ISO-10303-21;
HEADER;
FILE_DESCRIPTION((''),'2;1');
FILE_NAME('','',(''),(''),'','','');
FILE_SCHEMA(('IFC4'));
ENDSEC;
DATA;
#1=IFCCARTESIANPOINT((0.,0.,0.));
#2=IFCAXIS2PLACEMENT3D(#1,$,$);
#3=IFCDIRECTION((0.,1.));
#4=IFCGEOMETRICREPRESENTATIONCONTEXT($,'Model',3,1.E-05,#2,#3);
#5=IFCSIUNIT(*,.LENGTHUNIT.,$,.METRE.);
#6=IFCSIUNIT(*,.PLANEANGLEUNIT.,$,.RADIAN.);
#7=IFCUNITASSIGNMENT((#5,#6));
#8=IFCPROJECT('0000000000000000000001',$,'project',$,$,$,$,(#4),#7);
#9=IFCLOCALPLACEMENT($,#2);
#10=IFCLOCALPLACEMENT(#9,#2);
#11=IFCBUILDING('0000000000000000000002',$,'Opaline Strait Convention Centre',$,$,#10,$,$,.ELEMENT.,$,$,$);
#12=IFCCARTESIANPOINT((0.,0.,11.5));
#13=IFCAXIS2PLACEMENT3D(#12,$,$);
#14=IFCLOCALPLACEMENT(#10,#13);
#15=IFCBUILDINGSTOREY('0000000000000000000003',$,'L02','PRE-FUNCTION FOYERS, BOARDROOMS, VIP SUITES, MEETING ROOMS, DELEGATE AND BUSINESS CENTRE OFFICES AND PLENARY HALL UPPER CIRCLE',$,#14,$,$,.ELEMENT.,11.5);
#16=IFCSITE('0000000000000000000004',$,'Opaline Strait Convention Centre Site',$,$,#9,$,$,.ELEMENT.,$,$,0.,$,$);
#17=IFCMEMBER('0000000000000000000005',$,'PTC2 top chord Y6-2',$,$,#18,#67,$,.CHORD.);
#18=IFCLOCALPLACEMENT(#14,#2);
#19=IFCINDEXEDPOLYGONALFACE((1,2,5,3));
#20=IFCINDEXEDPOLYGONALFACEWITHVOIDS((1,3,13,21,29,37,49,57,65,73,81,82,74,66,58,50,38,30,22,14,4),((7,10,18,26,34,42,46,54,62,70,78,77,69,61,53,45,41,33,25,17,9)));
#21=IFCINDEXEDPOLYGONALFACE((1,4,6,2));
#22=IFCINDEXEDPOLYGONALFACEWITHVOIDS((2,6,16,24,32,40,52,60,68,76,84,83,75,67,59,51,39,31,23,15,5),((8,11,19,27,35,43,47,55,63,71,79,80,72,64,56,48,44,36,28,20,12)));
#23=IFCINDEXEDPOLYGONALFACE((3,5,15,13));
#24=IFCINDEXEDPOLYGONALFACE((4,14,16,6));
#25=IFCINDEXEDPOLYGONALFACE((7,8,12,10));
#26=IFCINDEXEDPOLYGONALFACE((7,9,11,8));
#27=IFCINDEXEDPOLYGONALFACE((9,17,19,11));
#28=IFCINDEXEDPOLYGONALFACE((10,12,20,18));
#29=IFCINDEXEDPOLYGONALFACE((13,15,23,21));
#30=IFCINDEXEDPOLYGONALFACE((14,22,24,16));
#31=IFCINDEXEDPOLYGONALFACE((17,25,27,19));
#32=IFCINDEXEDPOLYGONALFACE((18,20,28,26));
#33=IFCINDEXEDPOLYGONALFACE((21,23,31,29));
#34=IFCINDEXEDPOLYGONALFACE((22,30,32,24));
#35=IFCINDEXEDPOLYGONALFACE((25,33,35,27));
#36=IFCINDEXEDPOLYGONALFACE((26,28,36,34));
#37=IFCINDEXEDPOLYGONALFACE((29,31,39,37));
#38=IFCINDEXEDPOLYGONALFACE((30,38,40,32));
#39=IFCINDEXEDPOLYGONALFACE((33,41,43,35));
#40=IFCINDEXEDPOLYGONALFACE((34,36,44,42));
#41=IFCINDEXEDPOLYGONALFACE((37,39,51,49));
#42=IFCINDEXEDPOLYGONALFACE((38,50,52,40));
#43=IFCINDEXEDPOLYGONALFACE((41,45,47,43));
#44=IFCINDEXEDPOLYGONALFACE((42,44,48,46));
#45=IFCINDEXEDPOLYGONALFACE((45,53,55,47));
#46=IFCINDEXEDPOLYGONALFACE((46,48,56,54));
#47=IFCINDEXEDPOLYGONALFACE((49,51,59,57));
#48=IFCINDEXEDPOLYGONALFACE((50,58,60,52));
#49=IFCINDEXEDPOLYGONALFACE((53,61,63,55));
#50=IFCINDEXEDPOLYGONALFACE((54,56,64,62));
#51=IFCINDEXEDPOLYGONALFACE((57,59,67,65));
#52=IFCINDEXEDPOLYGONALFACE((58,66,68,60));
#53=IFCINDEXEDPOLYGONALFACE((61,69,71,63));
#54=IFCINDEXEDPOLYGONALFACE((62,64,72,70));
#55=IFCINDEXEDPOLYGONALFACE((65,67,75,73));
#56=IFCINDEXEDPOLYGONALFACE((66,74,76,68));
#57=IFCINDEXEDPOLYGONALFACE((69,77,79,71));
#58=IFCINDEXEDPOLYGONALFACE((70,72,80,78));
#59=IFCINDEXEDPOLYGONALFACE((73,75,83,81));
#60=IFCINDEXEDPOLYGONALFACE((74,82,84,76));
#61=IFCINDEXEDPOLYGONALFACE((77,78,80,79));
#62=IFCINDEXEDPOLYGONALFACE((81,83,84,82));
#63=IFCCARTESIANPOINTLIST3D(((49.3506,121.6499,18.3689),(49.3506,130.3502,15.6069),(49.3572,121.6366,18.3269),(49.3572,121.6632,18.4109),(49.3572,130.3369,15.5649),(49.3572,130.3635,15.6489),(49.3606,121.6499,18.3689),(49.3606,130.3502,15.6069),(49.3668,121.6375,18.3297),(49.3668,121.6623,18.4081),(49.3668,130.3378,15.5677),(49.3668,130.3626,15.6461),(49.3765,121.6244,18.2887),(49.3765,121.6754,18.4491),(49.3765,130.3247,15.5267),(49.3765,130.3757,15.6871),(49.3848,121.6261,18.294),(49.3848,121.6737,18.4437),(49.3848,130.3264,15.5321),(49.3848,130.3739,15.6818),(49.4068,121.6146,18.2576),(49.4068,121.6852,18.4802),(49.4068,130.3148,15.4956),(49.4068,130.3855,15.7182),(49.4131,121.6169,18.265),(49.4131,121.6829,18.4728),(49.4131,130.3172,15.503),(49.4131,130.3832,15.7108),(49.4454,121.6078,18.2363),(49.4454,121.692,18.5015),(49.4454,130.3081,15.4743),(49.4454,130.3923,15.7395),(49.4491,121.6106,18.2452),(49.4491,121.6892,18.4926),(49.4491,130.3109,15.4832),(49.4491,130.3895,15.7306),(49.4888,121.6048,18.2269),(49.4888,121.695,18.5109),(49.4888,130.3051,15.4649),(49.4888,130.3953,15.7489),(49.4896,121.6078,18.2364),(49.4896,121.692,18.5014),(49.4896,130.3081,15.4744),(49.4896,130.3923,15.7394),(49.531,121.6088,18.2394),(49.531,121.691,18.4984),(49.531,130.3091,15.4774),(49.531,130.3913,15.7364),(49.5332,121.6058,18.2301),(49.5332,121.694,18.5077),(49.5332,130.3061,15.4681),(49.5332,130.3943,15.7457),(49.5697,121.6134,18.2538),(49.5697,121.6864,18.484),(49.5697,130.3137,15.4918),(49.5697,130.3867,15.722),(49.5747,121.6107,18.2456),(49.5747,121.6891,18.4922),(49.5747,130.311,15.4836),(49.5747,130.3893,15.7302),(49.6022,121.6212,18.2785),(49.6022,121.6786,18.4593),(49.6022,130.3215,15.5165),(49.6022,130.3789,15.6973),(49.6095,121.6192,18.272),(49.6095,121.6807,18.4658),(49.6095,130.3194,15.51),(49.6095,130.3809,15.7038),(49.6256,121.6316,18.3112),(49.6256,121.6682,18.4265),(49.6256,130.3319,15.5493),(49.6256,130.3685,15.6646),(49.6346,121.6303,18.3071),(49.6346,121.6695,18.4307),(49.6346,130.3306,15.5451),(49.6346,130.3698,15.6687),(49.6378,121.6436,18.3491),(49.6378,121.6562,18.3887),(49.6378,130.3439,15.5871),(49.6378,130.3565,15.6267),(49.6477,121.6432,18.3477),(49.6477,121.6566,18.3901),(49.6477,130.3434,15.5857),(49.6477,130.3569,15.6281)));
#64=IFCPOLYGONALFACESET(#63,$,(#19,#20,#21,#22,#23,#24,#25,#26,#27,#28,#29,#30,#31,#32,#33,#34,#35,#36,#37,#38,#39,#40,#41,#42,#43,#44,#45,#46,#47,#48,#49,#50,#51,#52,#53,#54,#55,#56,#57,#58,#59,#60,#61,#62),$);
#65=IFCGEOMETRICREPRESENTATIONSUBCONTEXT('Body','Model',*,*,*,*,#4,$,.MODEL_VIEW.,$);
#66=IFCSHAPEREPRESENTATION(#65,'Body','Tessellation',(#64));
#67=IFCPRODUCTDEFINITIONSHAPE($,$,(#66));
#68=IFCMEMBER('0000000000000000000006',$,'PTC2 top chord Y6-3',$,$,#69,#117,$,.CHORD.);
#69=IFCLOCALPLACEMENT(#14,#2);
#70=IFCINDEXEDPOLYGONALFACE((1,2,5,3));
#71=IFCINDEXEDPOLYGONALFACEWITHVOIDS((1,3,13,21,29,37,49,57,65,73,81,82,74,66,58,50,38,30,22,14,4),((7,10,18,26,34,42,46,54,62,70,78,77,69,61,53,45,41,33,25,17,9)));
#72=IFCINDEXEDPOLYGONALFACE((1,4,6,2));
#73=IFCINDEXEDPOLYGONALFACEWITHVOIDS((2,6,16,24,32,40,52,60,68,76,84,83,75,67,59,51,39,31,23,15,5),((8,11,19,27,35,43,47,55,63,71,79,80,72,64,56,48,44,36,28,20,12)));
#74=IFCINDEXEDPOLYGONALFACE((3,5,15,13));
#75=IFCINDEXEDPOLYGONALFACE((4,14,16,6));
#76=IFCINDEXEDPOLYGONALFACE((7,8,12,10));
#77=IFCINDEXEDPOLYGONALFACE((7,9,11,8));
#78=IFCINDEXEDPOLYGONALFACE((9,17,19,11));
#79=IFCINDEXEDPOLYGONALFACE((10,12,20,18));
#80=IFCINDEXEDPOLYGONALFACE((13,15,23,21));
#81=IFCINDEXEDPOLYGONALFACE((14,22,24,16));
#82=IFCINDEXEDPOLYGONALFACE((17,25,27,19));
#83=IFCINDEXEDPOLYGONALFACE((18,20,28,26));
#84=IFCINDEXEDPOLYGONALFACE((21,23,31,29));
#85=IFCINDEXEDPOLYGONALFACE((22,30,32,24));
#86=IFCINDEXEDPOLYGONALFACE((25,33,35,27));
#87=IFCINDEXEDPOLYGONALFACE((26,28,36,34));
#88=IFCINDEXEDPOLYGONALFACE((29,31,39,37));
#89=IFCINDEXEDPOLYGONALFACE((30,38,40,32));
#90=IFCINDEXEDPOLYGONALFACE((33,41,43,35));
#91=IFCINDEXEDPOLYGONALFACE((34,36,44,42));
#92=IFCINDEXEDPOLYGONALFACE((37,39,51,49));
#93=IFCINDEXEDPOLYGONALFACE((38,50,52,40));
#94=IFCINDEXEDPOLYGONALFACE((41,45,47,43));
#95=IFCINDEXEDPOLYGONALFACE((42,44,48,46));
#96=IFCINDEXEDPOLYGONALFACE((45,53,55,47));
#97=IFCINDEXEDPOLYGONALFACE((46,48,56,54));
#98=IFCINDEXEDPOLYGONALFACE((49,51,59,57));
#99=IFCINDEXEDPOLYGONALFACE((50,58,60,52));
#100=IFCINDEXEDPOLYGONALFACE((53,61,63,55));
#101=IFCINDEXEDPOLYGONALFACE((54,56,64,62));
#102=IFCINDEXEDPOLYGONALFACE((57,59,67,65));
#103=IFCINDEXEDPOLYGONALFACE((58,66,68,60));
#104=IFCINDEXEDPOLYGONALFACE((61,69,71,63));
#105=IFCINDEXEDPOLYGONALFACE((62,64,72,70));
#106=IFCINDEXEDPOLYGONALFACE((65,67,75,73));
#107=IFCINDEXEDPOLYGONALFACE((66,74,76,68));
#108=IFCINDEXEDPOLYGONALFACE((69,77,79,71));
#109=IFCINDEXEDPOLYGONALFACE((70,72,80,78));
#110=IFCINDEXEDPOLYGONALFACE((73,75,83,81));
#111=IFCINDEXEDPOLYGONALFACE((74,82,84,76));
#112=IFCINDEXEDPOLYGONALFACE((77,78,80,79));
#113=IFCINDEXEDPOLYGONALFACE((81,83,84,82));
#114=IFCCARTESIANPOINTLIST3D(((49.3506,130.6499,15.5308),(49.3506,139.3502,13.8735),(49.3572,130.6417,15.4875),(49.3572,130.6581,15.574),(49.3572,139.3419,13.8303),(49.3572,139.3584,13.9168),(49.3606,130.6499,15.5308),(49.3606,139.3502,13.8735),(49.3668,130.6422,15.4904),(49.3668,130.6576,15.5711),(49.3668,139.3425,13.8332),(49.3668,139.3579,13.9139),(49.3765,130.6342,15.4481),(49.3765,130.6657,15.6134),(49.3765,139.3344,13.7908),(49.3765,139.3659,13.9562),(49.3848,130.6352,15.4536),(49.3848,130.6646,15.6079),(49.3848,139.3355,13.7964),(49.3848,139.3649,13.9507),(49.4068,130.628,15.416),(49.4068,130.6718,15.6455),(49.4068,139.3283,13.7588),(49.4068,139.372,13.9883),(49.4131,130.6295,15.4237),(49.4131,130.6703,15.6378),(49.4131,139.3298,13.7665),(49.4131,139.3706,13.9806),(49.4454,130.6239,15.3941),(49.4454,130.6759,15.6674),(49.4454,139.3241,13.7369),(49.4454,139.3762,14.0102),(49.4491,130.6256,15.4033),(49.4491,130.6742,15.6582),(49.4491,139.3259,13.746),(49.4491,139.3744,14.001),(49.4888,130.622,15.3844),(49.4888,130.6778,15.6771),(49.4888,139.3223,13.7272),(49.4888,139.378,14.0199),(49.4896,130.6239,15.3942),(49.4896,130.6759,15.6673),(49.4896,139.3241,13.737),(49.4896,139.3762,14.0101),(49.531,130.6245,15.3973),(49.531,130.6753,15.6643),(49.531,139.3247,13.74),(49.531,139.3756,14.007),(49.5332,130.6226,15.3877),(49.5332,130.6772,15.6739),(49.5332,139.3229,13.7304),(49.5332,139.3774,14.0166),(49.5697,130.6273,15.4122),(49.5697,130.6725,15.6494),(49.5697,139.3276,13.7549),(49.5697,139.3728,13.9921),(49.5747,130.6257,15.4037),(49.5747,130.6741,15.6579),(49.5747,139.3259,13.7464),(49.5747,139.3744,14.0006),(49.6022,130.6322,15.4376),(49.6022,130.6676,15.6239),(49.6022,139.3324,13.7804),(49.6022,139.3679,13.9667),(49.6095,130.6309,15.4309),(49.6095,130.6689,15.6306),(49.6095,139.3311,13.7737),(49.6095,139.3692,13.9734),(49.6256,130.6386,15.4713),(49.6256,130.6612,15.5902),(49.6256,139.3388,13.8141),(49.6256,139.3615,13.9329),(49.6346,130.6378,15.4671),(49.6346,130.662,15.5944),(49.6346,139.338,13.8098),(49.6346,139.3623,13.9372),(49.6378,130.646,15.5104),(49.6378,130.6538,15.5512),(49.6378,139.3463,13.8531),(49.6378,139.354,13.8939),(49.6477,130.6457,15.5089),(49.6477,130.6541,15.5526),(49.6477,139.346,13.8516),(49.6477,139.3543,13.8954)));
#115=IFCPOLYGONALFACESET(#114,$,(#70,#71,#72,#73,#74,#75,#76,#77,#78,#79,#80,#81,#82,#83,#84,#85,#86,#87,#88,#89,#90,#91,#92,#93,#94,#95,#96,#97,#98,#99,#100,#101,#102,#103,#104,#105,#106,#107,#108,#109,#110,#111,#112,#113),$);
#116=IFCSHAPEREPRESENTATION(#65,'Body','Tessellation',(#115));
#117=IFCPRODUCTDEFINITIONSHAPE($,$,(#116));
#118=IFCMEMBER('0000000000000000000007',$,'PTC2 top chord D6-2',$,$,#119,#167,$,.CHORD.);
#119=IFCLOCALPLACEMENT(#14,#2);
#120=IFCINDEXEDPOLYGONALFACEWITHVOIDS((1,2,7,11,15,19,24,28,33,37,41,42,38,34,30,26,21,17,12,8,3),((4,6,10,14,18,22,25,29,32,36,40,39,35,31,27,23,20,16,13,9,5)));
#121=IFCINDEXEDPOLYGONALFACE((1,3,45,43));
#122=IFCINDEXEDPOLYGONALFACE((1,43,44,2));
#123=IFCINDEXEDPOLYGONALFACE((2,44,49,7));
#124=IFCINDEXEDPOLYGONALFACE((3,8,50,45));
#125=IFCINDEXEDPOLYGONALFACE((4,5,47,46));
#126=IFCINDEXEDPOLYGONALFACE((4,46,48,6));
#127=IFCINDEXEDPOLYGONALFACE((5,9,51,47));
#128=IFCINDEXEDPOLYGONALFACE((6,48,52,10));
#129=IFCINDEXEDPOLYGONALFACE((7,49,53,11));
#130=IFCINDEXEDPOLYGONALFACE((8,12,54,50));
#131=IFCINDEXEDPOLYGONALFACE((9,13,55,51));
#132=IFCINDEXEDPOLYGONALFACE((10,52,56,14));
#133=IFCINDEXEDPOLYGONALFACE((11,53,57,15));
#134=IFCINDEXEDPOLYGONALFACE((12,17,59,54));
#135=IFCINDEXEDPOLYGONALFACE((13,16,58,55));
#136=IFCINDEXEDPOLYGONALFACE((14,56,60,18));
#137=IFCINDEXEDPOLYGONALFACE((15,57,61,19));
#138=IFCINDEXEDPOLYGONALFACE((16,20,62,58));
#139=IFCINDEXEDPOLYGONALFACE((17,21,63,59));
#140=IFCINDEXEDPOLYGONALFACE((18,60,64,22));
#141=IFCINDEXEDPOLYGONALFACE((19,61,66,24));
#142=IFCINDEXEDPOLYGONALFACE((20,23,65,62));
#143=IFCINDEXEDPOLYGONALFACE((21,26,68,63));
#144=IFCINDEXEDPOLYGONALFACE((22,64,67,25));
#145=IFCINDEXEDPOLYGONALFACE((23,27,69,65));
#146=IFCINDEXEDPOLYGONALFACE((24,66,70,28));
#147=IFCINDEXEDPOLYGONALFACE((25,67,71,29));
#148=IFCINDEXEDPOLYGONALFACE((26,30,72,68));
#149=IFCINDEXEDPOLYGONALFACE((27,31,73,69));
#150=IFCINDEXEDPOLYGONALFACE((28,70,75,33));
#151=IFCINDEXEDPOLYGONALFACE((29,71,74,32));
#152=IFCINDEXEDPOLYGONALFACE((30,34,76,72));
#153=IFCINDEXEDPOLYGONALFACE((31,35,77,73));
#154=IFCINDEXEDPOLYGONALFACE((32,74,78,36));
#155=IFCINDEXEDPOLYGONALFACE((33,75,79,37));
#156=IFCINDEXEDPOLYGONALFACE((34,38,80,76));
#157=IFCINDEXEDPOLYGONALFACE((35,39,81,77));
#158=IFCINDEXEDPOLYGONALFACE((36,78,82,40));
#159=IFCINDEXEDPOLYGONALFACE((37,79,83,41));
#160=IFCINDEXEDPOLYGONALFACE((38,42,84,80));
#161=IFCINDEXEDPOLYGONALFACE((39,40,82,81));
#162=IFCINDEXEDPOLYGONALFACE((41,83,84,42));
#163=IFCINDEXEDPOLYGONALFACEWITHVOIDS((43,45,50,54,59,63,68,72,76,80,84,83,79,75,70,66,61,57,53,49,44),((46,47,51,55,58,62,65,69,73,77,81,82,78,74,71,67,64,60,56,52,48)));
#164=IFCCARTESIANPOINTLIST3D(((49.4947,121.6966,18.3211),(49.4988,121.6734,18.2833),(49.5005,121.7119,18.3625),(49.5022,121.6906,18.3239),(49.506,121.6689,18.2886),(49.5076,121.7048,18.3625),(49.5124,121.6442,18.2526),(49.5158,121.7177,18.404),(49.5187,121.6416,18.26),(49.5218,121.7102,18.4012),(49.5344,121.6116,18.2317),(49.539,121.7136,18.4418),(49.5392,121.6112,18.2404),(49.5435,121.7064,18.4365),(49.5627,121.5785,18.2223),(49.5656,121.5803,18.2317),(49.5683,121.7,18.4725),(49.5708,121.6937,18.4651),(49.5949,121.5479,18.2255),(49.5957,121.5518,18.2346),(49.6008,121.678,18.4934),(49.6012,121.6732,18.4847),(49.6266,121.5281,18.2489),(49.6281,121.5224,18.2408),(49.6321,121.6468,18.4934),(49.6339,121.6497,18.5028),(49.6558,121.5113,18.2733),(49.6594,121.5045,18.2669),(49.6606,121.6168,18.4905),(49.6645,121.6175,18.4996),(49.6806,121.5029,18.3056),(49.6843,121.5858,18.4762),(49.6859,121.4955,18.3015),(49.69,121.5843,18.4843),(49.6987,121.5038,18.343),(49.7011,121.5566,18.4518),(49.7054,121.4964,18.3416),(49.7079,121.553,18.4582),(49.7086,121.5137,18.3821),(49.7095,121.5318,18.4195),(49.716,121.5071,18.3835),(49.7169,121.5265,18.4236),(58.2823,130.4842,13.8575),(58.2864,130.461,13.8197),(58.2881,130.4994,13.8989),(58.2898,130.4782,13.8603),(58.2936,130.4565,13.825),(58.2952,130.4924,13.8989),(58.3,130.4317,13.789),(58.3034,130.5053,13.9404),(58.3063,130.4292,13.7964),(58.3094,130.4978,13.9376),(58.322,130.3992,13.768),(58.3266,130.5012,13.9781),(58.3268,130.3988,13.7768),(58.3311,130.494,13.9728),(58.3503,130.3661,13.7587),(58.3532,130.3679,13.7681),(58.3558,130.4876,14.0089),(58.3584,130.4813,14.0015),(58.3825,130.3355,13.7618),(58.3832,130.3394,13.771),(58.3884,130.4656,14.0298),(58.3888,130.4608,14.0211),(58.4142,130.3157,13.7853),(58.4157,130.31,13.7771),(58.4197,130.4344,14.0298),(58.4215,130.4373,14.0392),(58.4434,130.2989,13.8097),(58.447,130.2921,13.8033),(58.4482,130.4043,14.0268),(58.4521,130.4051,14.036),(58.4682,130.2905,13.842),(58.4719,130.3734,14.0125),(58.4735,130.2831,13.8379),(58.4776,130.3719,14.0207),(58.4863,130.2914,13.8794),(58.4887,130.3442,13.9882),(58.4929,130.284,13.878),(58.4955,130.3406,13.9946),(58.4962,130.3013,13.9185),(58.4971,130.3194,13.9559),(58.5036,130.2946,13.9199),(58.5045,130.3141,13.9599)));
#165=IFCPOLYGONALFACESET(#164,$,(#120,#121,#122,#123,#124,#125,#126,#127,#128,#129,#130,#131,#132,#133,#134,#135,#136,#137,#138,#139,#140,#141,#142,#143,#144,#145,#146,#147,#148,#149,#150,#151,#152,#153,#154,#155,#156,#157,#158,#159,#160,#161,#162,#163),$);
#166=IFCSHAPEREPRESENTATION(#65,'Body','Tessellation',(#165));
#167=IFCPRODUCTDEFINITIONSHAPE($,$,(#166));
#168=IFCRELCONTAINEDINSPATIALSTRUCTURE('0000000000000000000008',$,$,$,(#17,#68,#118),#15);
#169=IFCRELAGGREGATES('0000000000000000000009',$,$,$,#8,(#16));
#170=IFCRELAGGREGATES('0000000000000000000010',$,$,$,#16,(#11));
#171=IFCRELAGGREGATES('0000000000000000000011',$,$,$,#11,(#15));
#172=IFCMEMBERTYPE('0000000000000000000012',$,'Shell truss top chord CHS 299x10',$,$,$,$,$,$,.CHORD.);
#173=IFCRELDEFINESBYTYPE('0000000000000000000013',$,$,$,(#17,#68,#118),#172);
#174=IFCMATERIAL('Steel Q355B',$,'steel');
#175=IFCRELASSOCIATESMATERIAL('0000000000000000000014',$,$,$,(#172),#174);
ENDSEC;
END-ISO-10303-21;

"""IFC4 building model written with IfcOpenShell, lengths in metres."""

from ifc_helpers import new_model, si_unit, direction, frame, origin, origin_2d, place, context, subcontext, project, spatial, hollow_circle, extrude, material, material_profile, profile_set, type_object, element, save


model = new_model("IFC4")

# Units and contexts
model_context = context("Model", 3, precision=1e-05, world=origin(), true_north=direction((0.0, 1.0)))
body_context = subcontext(model_context, "Body", "Model", "MODEL_VIEW")
ifc_project = project(units=[si_unit("LENGTHUNIT", "METRE"), si_unit("PLANEANGLEUNIT", "RADIAN")], contexts=[model_context])

# Site, building, storey
site_placement = place(None, origin())
site = spatial("IfcSite", under=ifc_project, at=site_placement, Name="Opaline Strait Convention Centre Site", CompositionType="ELEMENT", RefElevation=0.0)
building_placement = place(site_placement, origin())
building = spatial("IfcBuilding", under=site, at=building_placement, Name="Opaline Strait Convention Centre", CompositionType="ELEMENT")
storey_placement = place(building_placement, frame((0.0, 0.0, 11.5)))
storey = spatial("IfcBuildingStorey", under=building, at=storey_placement, Name="L02", Description="PRE-FUNCTION FOYERS, BOARDROOMS, VIP SUITES, MEETING ROOMS, DELEGATE AND BUSINESS CENTRE OFFICES AND PLENARY HALL UPPER CIRCLE", CompositionType="ELEMENT", Elevation=11.5)

# Members
ifc_material_1 = material(Name="Steel Q355B", Category="steel")
ifc_material_profile_1 = material_profile(ifc_material_1, hollow_circle(Radius=0.1494, WallThickness=0.01, at=origin_2d()), Name="CHS 299x10")
ifc_profile_set_1 = profile_set([ifc_material_profile_1], Name="Steel Q355B")
member_type_1 = type_object("IfcMemberType", Name="Shell truss top chord CHS 299x10", PredefinedType="CHORD", material=ifc_profile_set_1)
member_1_placement = place(storey_placement, frame((49.5, 121.6499, 18.3689), z_axis=(0.0, 0.953124, -0.302579), x_axis=(-1.0, 0.0, 0.0)))
element("IfcMember", 1, at=member_1_placement, inside=storey, type_object=member_type_1, Name="PTC2 top chord Y6-2", PredefinedType="CHORD", context=body_context, shape_type="SweptSolid", body=[
    extrude(hollow_circle(Radius=0.1494, WallThickness=0.01, at=origin_2d()), origin(), (0.0, 0.0, 1.0), 9.1282),
])
member_2_placement = place(storey_placement, frame((49.5, 130.6499, 15.5308), z_axis=(0.0, 0.982338, -0.187117), x_axis=(-1.0, 0.0, 0.0)))
element("IfcMember", 2, at=member_2_placement, inside=storey, type_object=member_type_1, Name="PTC2 top chord Y6-3", PredefinedType="CHORD", context=body_context, shape_type="SweptSolid", body=[
    extrude(hollow_circle(Radius=0.1494, WallThickness=0.01, at=origin_2d()), origin(), (0.0, 0.0, 1.0), 8.8567),
])
member_3_placement = place(storey_placement, frame((49.6062, 121.6062, 18.3625), z_axis=(0.665483, 0.665483, -0.338029), x_axis=(-0.707107, 0.707107, 0.0)))
element("IfcMember", 3, at=member_3_placement, inside=storey, type_object=member_type_1, Name="PTC2 top chord D6-2", PredefinedType="CHORD", context=body_context, shape_type="SweptSolid", body=[
    extrude(hollow_circle(Radius=0.1494, WallThickness=0.01, at=origin_2d()), origin(), (0.0, 0.0, 1.0), 13.2048),
])

save(model, "model.ifc")
